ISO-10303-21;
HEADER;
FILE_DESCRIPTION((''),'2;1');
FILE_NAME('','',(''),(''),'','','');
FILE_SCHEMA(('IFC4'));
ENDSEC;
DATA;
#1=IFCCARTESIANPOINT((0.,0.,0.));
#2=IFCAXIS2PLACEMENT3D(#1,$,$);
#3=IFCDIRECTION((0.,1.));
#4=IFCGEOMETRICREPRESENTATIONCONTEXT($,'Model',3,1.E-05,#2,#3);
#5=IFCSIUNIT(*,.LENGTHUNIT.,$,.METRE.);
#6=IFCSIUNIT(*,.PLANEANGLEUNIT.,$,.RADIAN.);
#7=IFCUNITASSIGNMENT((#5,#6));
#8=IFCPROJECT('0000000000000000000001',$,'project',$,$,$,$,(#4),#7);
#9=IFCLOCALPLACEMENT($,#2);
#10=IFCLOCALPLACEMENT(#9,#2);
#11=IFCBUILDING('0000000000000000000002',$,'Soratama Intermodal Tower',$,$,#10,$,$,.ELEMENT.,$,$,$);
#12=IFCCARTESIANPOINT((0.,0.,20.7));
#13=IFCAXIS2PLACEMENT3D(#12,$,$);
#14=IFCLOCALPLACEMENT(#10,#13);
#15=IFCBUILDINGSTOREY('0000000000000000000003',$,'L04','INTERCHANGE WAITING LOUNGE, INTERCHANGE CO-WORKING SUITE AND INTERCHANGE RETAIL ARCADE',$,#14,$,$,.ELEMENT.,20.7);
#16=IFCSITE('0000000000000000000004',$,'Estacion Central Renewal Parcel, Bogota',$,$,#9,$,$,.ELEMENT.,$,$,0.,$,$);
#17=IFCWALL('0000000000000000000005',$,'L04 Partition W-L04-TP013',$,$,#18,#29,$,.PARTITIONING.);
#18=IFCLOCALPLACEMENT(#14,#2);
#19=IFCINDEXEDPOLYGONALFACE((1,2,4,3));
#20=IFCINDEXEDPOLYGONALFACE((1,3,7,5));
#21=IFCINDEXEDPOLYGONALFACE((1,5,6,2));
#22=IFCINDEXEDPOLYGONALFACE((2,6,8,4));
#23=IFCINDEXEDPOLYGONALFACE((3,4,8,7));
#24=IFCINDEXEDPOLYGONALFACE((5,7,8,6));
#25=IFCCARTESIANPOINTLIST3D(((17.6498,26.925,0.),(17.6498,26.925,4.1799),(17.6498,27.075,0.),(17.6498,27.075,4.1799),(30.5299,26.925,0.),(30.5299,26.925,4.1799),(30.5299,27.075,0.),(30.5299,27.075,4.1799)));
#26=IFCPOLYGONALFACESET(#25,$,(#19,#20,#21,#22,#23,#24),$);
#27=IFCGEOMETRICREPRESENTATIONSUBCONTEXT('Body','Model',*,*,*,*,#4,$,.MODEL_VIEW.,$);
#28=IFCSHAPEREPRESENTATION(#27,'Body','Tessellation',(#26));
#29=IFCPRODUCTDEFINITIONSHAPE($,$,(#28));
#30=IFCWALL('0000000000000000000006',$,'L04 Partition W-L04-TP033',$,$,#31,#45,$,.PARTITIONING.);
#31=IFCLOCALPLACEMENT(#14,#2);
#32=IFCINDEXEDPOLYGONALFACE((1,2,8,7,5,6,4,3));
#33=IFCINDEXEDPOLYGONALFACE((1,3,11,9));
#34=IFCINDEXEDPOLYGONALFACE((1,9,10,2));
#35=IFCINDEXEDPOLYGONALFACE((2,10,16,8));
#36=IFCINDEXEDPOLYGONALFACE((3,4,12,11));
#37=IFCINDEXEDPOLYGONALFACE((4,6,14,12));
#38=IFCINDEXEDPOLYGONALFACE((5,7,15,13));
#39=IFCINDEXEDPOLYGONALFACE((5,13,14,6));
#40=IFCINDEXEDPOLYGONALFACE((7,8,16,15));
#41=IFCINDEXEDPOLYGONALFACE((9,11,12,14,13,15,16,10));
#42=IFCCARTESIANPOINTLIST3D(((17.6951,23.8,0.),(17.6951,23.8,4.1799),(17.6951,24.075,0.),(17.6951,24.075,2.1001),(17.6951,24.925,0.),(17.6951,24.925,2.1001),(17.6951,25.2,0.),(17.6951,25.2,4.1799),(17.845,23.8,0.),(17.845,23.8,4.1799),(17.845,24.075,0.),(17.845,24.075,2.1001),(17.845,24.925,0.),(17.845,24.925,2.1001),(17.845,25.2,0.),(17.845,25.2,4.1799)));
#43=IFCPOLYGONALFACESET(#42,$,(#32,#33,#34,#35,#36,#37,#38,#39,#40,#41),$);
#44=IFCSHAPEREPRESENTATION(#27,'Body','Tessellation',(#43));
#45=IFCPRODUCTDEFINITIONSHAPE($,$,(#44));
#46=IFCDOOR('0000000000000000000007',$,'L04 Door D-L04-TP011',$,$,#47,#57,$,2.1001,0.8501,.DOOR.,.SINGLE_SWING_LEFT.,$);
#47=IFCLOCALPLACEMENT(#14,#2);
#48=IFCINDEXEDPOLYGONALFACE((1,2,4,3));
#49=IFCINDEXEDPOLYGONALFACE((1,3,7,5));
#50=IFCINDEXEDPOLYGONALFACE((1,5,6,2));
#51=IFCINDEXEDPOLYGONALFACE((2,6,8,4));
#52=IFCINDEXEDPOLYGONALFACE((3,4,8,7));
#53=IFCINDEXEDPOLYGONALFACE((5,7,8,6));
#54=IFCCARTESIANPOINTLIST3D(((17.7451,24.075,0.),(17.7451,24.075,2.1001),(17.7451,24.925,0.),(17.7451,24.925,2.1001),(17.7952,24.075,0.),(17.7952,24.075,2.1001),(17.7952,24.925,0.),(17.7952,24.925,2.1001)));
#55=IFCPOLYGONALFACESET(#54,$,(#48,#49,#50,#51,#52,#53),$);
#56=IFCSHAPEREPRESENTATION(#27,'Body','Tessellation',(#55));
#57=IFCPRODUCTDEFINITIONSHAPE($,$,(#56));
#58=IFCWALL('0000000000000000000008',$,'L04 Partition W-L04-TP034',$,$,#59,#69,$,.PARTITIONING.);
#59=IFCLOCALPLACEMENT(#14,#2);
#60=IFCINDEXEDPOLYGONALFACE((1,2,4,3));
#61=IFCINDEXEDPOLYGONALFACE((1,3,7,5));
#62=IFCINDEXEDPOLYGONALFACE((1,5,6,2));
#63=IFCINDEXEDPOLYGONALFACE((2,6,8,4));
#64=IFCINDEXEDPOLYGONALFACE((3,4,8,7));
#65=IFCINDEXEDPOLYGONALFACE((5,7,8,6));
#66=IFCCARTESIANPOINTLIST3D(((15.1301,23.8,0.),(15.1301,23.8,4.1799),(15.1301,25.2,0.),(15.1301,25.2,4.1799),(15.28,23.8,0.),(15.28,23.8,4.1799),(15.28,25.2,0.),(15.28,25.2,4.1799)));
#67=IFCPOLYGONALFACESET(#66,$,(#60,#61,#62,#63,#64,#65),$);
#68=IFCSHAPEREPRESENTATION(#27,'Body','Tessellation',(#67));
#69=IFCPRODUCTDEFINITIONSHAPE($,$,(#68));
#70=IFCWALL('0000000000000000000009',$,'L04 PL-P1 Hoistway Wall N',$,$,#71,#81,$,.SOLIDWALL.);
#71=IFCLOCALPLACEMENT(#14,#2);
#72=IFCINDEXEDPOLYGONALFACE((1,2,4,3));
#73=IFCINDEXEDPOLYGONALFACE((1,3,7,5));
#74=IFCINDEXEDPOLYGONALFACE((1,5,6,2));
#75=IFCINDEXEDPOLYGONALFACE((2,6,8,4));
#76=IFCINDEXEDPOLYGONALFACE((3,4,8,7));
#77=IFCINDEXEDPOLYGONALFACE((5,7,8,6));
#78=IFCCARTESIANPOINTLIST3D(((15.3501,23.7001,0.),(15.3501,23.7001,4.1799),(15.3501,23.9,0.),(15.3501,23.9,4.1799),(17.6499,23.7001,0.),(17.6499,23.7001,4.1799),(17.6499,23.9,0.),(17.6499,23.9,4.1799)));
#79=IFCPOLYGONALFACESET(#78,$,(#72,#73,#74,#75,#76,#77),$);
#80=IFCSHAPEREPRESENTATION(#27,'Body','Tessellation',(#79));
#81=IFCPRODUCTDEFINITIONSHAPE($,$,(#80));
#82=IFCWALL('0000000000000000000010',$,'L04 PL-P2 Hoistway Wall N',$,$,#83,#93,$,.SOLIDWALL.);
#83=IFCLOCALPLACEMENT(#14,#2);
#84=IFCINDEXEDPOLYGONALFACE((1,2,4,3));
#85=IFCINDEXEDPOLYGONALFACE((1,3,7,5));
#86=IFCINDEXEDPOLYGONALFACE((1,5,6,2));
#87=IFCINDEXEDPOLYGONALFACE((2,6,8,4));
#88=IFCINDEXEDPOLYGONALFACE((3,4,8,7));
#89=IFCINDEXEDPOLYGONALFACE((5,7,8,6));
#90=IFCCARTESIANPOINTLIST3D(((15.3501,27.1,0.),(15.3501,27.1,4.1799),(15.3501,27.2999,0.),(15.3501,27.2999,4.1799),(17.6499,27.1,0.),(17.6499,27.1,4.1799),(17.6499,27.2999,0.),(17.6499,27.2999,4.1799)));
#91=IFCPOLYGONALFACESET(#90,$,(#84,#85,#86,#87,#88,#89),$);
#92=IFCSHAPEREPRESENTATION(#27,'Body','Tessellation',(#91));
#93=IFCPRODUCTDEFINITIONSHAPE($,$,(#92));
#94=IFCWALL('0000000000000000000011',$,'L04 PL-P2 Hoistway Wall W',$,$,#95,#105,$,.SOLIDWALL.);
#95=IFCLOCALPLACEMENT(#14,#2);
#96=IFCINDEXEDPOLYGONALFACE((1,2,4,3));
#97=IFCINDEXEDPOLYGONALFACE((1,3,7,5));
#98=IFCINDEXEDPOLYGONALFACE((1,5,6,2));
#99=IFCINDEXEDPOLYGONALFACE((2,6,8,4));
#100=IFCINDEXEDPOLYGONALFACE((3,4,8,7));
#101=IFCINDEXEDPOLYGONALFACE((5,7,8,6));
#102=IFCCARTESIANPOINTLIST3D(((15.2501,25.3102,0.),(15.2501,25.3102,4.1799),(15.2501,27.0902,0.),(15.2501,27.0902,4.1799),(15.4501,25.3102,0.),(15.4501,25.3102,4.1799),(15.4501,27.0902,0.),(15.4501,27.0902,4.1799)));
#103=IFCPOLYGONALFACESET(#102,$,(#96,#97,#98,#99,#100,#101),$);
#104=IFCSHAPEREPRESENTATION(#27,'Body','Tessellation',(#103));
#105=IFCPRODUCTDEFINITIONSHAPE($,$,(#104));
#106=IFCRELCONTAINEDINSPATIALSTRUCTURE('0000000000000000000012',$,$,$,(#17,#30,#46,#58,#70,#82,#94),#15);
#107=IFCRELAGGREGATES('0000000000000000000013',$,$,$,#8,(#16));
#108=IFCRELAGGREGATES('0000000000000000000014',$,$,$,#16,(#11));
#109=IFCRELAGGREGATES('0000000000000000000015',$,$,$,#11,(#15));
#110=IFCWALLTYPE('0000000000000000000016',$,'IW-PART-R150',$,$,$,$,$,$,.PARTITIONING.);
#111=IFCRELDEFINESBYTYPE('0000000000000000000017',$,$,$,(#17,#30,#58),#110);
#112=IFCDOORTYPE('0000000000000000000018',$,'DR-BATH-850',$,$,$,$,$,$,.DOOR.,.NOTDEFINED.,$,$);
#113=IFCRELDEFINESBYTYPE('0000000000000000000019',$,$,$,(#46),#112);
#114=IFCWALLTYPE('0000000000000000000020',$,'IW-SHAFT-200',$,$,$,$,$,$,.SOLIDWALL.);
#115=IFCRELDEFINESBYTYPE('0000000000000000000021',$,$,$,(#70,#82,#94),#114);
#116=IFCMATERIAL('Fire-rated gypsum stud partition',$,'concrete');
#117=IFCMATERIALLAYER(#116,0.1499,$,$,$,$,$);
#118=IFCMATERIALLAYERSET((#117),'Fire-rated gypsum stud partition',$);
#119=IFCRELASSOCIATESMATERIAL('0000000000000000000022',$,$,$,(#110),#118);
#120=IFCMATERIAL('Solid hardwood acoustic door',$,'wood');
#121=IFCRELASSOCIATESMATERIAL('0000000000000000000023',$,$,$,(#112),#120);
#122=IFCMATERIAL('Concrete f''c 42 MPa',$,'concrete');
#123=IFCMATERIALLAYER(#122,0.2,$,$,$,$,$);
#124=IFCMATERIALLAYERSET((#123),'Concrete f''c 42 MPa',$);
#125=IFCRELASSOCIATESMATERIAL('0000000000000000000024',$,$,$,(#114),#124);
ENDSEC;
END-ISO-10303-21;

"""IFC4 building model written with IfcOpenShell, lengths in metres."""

from ifc_helpers import new_model, si_unit, direction, frame, frame_2d, origin, place, context, subcontext, project, spatial, rectangle, extrude, material, layer, layer_set, type_object, element, fill, save


model = new_model("IFC4")

# Units and contexts
model_context = context("Model", 3, precision=1e-05, world=origin(), true_north=direction((0.0, 1.0)))
body_context = subcontext(model_context, "Body", "Model", "MODEL_VIEW")
ifc_project = project(units=[si_unit("LENGTHUNIT", "METRE"), si_unit("PLANEANGLEUNIT", "RADIAN")], contexts=[model_context])

# Site, building, storey
site_placement = place(None, origin())
site = spatial("IfcSite", under=ifc_project, at=site_placement, Name="Estacion Central Renewal Parcel, Bogota", CompositionType="ELEMENT", RefElevation=0.0)
building_placement = place(site_placement, origin())
building = spatial("IfcBuilding", under=site, at=building_placement, Name="Soratama Intermodal Tower", CompositionType="ELEMENT")
storey_placement = place(building_placement, frame((0.0, 0.0, 20.7)))
storey = spatial("IfcBuildingStorey", under=building, at=storey_placement, Name="L04", Description="INTERCHANGE WAITING LOUNGE, INTERCHANGE CO-WORKING SUITE AND INTERCHANGE RETAIL ARCADE", CompositionType="ELEMENT", Elevation=20.7)

# Wall
ifc_material_1 = material(Name="Fire-rated gypsum stud partition", Category="concrete")
ifc_layer_1 = layer(ifc_material_1, 0.1499)
ifc_layer_set_1 = layer_set([ifc_layer_1], Name="Fire-rated gypsum stud partition")
wall_type_1 = type_object("IfcWallType", Name="IW-PART-R150", PredefinedType="PARTITIONING", material=ifc_layer_set_1)
wall_1_placement = place(storey_placement, frame((17.6499, 27.0, 0.0), z_axis=(0.0, 0.0, 1.0), x_axis=(1.0, 0.0, 0.0)))
element("IfcWall", 1, at=wall_1_placement, inside=storey, type_object=wall_type_1, Name="L04 Partition W-L04-TP013", PredefinedType="PARTITIONING", context=body_context, shape_type="SweptSolid", body=[
    extrude(rectangle(XDim=12.8801, YDim=0.1499, at=frame_2d((6.4399, 0.0))), origin(), (0.0, 0.0, 1.0), 4.1799),
])

# Wall, opening, door
wall_2_placement = place(storey_placement, frame((17.77, 23.8, 0.0), z_axis=(0.0, 0.0, 1.0), x_axis=(0.0, 1.0, 0.0)))
wall_2 = element("IfcWall", 2, at=wall_2_placement, inside=storey, type_object=wall_type_1, Name="L04 Partition W-L04-TP033", PredefinedType="PARTITIONING", context=body_context, shape_type="SweptSolid", body=[
    extrude(rectangle(XDim=1.3999, YDim=0.1499, at=frame_2d((0.7, 0.0))), origin(), (0.0, 0.0, 1.0), 4.1799),
])
opening_1_placement = place(wall_2_placement, frame((0.2749, 0.0, 0.0)))
opening_1 = element("IfcOpeningElement", 3, at=opening_1_placement, cuts=wall_2, PredefinedType="OPENING", context=body_context, shape_type="SweptSolid", body=[
    extrude(rectangle(XDim=0.8501, YDim=2.1001, at=frame_2d((0.425, 1.05))), frame((0.0, 0.085, 0.0), z_axis=(0.0, -1.0, 0.0), x_axis=(1.0, 0.0, 0.0)), (0.0, 0.0, 1.0), 0.1699),
])
ifc_material_2 = material(Name="Solid hardwood acoustic door", Category="wood")
door_type_1 = type_object("IfcDoorType", Name="DR-BATH-850", OperationType="NOTDEFINED", PredefinedType="DOOR", material=ifc_material_2)
door_1_placement = place(opening_1_placement, origin())
door_1 = element("IfcDoor", 4, at=door_1_placement, inside=storey, type_object=door_type_1, Name="L04 Door D-L04-TP011", OperationType="SINGLE_SWING_LEFT", OverallHeight=2.1001, OverallWidth=0.8501, PredefinedType="DOOR", context=body_context, shape_type="SweptSolid", body=[
    extrude(rectangle(XDim=0.8501, YDim=2.1001, at=frame_2d((0.425, 1.05))), frame((0.0, 0.0249, 0.0), z_axis=(0.0, -1.0, 0.0), x_axis=(1.0, 0.0, 0.0)), (0.0, 0.0, 1.0), 0.05),
])
fill(opening_1, door_1)

# Walls
wall_3_placement = place(storey_placement, frame((15.2051, 23.8, 0.0), z_axis=(0.0, 0.0, 1.0), x_axis=(0.0, 1.0, 0.0)))
element("IfcWall", 5, at=wall_3_placement, inside=storey, type_object=wall_type_1, Name="L04 Partition W-L04-TP034", PredefinedType="PARTITIONING", context=body_context, shape_type="SweptSolid", body=[
    extrude(rectangle(XDim=1.3999, YDim=0.1499, at=frame_2d((0.7, 0.0))), origin(), (0.0, 0.0, 1.0), 4.1799),
])
ifc_material_3 = material(Name="Concrete f'c 42 MPa", Category="concrete")
ifc_layer_2 = layer(ifc_material_3, 0.2)
ifc_layer_set_2 = layer_set([ifc_layer_2], Name="Concrete f'c 42 MPa")
wall_type_2 = type_object("IfcWallType", Name="IW-SHAFT-200", PredefinedType="SOLIDWALL", material=ifc_layer_set_2)
for number, where, z_axis, x_axis, name in (
    (6, (15.3501, 23.8, 0.0), (0.0, 0.0, 1.0), (1.0, 0.0, 0.0), "L04 PL-P1 Hoistway Wall N"),
    (7, (15.3501, 27.2, 0.0), (0.0, 0.0, 1.0), (1.0, 0.0, 0.0), "L04 PL-P2 Hoistway Wall N"),
):
    element("IfcWall", number, at=place(storey_placement, frame(where, z_axis=z_axis, x_axis=x_axis)), inside=storey, type_object=wall_type_2, Name=name, PredefinedType="SOLIDWALL", context=body_context, shape_type="SweptSolid", body=[
        extrude(rectangle(XDim=2.2998, YDim=0.2, at=frame_2d((1.1499, 0.0))), origin(), (0.0, 0.0, 1.0), 4.1799),
    ])
wall_4_placement = place(storey_placement, frame((15.3501, 25.3101, 0.0), z_axis=(0.0, 0.0, 1.0), x_axis=(0.0, 1.0, 0.0)))
element("IfcWall", 8, at=wall_4_placement, inside=storey, type_object=wall_type_2, Name="L04 PL-P2 Hoistway Wall W", PredefinedType="SOLIDWALL", context=body_context, shape_type="SweptSolid", body=[
    extrude(rectangle(XDim=1.78, YDim=0.2, at=frame_2d((0.8901, 0.0))), origin(), (0.0, 0.0, 1.0), 4.1799),
])

save(model, "model.ifc")
